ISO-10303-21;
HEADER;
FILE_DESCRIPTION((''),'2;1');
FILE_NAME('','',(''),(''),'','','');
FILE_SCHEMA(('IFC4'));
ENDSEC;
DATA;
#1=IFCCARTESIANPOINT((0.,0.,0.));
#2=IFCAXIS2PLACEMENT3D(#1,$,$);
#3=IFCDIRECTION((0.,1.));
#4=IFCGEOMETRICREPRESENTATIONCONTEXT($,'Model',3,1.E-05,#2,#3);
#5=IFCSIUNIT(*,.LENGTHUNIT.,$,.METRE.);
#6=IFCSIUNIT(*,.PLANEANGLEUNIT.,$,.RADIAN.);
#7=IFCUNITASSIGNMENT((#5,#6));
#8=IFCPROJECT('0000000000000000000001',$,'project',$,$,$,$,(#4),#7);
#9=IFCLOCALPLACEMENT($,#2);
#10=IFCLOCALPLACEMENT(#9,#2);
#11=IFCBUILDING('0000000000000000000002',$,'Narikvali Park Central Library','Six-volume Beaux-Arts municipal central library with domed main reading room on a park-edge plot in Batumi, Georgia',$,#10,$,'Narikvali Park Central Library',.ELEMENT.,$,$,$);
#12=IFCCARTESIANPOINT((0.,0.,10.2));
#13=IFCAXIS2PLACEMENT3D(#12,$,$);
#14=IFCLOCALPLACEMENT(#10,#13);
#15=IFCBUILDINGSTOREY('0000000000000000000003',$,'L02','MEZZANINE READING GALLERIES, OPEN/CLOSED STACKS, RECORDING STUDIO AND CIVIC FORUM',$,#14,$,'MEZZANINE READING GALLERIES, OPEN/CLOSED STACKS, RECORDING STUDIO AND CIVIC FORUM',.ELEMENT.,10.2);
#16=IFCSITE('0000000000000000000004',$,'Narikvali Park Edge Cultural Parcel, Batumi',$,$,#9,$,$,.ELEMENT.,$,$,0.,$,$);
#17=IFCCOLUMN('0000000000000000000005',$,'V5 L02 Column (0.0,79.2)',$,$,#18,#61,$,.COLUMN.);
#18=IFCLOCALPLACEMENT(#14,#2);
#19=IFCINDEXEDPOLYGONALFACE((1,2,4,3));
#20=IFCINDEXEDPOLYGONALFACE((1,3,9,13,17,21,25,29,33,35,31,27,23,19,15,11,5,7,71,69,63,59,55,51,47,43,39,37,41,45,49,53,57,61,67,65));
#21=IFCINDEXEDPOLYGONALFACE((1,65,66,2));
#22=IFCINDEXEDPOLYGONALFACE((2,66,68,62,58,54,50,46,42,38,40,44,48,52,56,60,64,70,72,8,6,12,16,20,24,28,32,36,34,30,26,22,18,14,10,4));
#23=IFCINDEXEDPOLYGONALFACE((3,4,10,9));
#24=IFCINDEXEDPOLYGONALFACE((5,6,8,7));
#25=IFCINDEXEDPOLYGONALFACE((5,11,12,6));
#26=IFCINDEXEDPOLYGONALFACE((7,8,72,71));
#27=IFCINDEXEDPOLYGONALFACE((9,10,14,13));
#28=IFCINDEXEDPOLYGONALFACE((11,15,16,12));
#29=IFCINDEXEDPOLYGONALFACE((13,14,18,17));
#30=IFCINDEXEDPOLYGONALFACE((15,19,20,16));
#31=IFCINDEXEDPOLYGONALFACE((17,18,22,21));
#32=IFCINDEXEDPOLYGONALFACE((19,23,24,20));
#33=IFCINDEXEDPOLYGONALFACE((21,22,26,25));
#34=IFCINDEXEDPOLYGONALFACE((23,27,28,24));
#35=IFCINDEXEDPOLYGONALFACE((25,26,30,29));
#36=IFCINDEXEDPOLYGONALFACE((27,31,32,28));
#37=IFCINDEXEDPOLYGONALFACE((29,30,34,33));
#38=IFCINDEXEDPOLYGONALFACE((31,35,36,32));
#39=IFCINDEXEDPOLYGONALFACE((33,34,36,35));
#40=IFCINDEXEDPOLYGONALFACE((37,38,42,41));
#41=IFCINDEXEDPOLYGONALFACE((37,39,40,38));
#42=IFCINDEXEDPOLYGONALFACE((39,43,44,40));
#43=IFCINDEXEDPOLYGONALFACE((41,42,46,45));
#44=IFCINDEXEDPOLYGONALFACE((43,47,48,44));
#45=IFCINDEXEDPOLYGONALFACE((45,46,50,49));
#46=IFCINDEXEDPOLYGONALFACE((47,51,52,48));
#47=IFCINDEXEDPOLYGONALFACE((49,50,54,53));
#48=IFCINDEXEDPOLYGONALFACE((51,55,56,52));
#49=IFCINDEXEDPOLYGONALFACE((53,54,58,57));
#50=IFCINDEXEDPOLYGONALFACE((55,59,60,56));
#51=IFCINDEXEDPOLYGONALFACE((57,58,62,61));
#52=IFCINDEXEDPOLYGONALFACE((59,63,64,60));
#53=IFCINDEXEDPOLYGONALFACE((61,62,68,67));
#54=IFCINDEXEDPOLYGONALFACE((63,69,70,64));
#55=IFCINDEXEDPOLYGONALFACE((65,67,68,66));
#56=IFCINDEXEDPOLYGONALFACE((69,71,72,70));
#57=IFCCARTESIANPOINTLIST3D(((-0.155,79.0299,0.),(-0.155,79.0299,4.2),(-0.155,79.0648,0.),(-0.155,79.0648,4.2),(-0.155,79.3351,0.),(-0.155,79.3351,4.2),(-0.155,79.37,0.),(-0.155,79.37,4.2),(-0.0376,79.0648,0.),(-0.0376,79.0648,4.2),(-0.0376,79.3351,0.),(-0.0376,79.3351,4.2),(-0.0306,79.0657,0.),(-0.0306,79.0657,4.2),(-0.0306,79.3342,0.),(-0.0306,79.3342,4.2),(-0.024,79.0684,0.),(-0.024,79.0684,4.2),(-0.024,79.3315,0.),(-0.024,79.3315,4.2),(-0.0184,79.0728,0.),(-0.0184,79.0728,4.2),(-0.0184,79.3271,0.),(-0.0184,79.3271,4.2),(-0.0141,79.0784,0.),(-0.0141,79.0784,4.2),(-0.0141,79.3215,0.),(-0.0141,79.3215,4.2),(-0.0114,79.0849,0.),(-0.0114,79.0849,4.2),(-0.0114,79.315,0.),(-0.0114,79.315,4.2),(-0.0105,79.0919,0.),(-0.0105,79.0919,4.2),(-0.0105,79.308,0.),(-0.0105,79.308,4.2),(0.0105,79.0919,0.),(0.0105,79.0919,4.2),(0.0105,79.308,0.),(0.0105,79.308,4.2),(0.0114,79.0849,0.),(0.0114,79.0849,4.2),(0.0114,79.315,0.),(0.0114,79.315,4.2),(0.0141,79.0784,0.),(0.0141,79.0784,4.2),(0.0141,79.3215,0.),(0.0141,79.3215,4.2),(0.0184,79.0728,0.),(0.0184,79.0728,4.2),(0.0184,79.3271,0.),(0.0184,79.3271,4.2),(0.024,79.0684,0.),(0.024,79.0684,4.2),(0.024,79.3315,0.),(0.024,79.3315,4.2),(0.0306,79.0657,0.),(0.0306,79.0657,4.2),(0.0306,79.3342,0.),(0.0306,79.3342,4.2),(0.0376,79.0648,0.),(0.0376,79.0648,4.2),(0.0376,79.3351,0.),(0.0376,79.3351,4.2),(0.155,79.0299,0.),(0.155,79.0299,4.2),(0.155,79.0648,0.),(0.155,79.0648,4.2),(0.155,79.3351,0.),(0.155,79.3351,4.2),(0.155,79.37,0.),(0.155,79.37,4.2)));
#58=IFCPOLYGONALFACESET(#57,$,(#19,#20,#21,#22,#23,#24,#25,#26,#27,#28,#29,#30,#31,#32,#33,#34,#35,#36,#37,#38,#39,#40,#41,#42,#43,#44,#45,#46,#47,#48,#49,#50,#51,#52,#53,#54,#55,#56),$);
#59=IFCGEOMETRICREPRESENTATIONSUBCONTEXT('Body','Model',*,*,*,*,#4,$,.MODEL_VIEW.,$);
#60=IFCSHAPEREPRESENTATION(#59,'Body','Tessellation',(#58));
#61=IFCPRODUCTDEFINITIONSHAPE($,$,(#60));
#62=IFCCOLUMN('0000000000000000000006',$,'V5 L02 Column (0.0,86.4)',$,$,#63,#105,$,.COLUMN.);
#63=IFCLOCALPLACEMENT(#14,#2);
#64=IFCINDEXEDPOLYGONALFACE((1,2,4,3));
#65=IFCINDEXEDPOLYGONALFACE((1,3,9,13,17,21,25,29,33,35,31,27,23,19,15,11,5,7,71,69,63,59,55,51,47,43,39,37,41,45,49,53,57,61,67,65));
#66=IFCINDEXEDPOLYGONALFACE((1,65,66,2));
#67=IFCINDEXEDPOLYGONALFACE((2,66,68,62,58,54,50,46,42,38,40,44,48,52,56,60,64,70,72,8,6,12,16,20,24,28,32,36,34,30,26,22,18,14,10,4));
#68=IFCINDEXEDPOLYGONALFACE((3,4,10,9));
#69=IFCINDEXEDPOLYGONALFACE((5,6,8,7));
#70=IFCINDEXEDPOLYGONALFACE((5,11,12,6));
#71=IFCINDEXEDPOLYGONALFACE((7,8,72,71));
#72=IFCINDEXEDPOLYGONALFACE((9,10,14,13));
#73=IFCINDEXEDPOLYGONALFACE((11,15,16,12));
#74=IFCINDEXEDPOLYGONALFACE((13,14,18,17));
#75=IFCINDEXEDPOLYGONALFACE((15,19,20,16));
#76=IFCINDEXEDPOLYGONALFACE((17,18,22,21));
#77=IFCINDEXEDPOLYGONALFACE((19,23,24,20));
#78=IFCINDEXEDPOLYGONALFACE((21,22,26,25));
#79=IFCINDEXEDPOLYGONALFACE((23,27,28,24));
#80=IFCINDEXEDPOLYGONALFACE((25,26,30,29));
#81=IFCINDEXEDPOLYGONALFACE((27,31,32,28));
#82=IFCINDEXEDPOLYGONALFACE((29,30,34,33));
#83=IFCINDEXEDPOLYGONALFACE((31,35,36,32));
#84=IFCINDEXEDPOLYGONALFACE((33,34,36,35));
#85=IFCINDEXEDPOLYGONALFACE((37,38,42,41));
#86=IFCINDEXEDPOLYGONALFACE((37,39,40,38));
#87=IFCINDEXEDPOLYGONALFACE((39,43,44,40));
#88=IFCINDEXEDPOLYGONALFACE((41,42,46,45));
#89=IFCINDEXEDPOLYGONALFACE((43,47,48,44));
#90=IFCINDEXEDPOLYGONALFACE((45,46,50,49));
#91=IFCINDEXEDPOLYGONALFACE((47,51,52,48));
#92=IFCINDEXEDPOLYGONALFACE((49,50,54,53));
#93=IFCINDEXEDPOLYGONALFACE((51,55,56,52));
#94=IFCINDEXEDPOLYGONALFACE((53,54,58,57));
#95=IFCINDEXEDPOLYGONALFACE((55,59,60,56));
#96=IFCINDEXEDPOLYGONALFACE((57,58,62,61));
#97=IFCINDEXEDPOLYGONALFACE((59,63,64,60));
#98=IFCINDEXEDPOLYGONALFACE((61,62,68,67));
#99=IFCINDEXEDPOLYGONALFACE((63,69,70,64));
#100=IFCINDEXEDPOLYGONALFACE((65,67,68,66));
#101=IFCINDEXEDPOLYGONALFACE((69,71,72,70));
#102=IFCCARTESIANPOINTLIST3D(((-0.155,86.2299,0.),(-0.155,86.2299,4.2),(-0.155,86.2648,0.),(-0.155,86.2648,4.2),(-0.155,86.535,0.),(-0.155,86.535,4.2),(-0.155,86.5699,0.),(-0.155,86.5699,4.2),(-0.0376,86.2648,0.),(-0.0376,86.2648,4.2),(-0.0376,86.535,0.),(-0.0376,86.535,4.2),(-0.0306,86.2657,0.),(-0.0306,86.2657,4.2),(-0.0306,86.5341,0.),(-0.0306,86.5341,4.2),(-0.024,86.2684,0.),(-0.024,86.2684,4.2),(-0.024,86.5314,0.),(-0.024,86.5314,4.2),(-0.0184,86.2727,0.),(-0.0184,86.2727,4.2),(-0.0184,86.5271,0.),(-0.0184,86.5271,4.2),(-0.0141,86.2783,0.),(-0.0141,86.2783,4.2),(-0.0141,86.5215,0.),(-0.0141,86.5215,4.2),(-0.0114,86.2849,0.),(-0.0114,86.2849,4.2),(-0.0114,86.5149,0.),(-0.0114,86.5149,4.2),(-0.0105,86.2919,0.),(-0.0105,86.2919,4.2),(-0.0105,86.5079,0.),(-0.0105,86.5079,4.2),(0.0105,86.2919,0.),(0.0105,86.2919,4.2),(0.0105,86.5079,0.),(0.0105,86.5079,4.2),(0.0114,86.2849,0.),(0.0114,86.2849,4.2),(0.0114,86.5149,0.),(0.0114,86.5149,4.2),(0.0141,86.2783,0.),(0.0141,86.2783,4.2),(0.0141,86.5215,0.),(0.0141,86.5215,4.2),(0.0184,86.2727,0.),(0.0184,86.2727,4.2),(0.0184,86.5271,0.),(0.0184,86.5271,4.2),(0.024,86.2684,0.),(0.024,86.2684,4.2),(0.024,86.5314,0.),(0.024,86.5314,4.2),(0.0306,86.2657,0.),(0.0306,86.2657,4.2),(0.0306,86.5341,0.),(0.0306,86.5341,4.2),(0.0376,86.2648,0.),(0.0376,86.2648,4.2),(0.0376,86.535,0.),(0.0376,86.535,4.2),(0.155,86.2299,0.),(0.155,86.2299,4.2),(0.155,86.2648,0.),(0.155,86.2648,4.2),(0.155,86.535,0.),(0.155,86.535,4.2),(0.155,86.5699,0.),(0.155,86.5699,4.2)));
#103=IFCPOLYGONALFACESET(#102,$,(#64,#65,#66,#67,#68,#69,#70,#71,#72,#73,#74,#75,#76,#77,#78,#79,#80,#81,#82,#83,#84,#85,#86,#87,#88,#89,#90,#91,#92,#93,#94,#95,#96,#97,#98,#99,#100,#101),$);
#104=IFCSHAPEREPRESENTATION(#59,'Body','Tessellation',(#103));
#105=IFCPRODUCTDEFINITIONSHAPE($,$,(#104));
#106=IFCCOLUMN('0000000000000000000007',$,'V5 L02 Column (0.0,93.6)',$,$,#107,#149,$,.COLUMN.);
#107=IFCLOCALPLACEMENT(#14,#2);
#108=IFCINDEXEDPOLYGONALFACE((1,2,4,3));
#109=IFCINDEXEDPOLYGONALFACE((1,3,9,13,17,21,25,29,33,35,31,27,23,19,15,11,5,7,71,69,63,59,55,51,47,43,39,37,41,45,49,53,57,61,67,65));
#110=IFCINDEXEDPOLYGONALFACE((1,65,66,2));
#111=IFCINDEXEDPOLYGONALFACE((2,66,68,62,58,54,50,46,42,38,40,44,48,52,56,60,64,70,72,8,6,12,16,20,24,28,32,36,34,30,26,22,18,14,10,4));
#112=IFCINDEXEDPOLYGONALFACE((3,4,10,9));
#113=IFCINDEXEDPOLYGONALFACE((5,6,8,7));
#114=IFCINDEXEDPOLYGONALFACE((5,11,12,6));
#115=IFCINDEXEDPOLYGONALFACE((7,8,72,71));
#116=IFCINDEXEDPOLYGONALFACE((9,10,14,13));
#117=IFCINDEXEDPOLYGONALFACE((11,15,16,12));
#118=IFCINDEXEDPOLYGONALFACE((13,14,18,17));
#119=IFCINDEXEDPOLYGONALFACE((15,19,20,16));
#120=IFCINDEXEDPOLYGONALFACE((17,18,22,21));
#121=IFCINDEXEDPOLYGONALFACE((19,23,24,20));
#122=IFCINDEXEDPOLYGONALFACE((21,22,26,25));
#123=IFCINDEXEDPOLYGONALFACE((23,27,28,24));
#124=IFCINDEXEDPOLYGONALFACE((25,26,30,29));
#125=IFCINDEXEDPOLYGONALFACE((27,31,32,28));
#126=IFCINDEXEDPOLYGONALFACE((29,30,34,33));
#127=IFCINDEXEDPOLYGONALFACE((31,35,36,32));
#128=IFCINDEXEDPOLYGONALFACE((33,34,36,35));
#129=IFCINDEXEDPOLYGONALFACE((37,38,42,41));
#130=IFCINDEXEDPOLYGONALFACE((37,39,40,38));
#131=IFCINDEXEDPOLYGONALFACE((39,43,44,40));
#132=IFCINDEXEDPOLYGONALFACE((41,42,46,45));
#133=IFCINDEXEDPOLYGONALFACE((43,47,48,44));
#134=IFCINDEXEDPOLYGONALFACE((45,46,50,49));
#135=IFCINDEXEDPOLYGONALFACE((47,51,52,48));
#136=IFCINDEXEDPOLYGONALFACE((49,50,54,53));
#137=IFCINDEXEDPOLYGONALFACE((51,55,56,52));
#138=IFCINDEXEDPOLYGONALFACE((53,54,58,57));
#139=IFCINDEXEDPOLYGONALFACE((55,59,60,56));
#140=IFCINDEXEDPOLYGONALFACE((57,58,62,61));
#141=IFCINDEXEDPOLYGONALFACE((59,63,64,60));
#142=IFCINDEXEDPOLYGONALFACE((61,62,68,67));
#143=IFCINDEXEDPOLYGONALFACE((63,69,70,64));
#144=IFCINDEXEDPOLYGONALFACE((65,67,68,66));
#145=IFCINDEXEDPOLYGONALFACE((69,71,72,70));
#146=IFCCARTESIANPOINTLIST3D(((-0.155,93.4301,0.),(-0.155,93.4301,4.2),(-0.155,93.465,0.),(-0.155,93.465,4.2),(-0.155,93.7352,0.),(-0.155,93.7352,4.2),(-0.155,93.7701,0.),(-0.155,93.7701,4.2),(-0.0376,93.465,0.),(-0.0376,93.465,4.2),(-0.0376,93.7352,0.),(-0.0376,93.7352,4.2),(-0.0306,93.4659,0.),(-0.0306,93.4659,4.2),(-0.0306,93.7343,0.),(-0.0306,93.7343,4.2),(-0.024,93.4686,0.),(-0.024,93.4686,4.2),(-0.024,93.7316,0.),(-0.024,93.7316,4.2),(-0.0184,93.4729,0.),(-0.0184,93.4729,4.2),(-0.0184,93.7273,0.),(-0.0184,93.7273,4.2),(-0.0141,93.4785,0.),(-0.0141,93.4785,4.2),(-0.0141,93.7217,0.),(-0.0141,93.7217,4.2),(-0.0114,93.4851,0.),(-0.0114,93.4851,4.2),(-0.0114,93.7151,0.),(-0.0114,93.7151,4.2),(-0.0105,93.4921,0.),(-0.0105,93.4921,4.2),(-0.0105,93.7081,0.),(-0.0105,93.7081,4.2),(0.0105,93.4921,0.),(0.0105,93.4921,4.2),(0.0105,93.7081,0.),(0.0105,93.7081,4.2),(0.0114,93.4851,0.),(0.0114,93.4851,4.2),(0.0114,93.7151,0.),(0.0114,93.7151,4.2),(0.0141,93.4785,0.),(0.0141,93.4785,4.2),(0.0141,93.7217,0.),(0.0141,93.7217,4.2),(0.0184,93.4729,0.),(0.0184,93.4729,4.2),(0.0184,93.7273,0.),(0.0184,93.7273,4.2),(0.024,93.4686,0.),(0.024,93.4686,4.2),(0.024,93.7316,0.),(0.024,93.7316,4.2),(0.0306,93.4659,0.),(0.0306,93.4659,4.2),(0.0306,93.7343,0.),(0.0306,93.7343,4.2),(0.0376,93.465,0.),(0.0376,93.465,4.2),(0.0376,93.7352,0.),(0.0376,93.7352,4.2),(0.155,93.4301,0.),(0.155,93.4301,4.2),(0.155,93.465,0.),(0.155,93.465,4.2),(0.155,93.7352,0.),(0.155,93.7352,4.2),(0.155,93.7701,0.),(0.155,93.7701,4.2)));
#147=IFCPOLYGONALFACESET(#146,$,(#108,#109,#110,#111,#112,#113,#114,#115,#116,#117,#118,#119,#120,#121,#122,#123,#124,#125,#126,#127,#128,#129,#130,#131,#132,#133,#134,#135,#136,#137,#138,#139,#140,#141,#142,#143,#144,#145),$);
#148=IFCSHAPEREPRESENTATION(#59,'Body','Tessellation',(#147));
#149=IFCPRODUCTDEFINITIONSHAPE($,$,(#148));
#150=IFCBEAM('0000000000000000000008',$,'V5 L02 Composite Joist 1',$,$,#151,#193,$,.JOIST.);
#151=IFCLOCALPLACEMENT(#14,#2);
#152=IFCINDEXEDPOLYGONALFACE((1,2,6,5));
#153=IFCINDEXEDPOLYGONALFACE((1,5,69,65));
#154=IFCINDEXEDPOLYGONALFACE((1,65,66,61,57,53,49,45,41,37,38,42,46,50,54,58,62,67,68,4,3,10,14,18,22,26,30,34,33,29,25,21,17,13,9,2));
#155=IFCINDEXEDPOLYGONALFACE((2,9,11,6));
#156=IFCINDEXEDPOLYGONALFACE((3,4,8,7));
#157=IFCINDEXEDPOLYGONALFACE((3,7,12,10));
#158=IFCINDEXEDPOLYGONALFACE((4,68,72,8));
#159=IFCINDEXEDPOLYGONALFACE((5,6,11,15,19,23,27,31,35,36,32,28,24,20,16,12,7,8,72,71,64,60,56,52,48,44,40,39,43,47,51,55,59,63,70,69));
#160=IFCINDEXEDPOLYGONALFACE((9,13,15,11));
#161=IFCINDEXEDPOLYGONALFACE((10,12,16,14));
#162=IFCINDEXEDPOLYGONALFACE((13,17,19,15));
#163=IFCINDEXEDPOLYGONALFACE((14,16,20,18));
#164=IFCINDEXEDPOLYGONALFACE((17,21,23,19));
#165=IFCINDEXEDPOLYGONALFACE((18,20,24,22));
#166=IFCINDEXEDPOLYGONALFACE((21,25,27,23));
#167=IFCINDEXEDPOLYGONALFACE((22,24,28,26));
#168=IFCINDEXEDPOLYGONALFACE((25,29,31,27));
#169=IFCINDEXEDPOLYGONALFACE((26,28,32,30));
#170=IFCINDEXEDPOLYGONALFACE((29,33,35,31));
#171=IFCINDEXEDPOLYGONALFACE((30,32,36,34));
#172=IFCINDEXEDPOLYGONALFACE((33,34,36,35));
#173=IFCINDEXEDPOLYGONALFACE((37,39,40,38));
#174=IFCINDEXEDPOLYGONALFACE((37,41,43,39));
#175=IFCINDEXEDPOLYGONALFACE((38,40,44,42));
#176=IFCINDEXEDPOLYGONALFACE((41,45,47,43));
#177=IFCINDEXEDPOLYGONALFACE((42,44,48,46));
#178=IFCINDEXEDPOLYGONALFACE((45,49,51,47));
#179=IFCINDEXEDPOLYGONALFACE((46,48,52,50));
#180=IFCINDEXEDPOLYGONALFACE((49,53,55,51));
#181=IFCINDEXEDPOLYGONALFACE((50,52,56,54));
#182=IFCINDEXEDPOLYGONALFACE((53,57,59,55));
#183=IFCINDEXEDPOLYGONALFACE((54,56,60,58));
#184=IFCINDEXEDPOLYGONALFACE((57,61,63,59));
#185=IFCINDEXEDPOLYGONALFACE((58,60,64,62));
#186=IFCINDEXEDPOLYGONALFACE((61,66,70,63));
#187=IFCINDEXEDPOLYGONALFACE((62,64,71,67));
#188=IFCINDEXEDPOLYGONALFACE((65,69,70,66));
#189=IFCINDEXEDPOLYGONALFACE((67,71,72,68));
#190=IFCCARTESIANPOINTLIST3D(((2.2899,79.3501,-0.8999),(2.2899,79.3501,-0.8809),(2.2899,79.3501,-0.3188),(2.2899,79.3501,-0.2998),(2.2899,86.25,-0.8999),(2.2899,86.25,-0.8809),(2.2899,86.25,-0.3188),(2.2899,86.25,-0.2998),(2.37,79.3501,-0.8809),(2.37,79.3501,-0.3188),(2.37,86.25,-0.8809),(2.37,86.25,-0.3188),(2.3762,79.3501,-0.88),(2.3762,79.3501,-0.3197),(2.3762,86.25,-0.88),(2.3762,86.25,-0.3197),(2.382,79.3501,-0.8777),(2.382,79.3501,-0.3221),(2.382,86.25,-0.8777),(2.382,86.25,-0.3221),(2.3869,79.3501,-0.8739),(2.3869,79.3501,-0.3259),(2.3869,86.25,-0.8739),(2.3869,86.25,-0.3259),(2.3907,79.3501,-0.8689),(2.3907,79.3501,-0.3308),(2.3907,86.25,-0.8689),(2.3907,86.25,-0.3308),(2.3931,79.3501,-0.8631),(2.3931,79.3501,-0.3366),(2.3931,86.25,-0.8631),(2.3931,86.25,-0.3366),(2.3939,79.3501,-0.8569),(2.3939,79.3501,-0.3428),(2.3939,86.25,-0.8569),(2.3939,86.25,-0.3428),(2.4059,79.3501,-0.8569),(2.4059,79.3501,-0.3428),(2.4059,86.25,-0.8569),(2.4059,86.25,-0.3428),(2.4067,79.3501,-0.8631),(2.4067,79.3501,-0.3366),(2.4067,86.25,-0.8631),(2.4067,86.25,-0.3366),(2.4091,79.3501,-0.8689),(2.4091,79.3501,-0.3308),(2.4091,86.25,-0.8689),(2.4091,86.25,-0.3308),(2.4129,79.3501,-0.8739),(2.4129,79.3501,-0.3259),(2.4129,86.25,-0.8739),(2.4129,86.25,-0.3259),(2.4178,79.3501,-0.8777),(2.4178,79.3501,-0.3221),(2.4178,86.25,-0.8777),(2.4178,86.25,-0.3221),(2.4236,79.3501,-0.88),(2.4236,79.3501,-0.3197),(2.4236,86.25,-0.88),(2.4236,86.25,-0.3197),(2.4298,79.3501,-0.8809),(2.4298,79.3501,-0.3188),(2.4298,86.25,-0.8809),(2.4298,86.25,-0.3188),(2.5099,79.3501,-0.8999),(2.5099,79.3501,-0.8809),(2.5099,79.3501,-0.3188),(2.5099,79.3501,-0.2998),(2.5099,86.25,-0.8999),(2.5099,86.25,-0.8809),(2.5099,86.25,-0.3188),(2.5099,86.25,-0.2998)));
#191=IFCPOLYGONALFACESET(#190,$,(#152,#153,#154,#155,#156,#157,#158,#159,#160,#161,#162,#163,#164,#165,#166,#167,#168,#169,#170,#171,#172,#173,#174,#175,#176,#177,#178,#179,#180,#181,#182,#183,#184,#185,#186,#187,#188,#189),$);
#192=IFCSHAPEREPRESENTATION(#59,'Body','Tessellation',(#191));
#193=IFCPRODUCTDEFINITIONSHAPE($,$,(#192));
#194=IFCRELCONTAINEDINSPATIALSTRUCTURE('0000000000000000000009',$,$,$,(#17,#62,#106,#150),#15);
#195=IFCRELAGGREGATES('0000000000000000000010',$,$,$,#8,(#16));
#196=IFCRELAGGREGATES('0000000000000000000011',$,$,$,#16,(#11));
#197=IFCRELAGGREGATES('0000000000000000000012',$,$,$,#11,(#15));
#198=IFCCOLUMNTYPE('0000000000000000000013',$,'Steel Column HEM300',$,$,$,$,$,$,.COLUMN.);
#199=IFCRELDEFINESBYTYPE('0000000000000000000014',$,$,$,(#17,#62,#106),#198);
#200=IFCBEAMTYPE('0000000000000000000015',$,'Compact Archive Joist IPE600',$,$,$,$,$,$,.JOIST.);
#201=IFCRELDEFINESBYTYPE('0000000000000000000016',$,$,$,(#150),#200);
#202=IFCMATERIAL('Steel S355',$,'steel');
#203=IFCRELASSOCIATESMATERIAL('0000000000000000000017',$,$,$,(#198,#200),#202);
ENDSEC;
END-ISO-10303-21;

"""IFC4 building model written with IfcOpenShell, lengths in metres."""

from ifc_helpers import new_model, si_unit, direction, frame, origin, origin_2d, place, context, subcontext, project, spatial, i_section, extrude, material, material_profile, profile_set, type_object, element, save


model = new_model("IFC4")

# Units and contexts
model_context = context("Model", 3, precision=1e-05, world=origin(), true_north=direction((0.0, 1.0)))
body_context = subcontext(model_context, "Body", "Model", "MODEL_VIEW")
ifc_project = project(units=[si_unit("LENGTHUNIT", "METRE"), si_unit("PLANEANGLEUNIT", "RADIAN")], contexts=[model_context])

# Site, building, storey
site_placement = place(None, origin())
site = spatial("IfcSite", under=ifc_project, at=site_placement, Name="Narikvali Park Edge Cultural Parcel, Batumi", CompositionType="ELEMENT", RefElevation=0.0)
building_placement = place(site_placement, origin())
building = spatial("IfcBuilding", under=site, at=building_placement, Name="Narikvali Park Central Library", Description="Six-volume Beaux-Arts municipal central library with domed main reading room on a park-edge plot in Batumi, Georgia", LongName="Narikvali Park Central Library", CompositionType="ELEMENT")
storey_placement = place(building_placement, frame((0.0, 0.0, 10.2)))
storey = spatial("IfcBuildingStorey", under=building, at=storey_placement, Name="L02", Description="MEZZANINE READING GALLERIES, OPEN/CLOSED STACKS, RECORDING STUDIO AND CIVIC FORUM", LongName="MEZZANINE READING GALLERIES, OPEN/CLOSED STACKS, RECORDING STUDIO AND CIVIC FORUM", CompositionType="ELEMENT", Elevation=10.2)

# Columns
ifc_material_1 = material(Name="Steel S355", Category="steel")
ifc_material_profile_1 = material_profile(ifc_material_1, i_section(OverallWidth=0.3101, OverallDepth=0.3401, WebThickness=0.021, FlangeThickness=0.0349, FilletRadius=0.0271, at=origin_2d()), Name="HEM 300")
ifc_profile_set_1 = profile_set([ifc_material_profile_1], Name="Steel S355")
column_type = type_object("IfcColumnType", Name="Steel Column HEM300", PredefinedType="COLUMN", material=ifc_profile_set_1)
for number, where, z_axis, x_axis, name in (
    (1, (0.0, 79.2, 0.0), (0.0, 0.0, 1.0), (1.0, 0.0, 0.0), "V5 L02 Column (0.0,79.2)"),
    (2, (0.0, 86.3999, 0.0), (0.0, 0.0, 1.0), (1.0, 0.0, 0.0), "V5 L02 Column (0.0,86.4)"),
    (3, (0.0, 93.6001, 0.0), (0.0, 0.0, 1.0), (1.0, 0.0, 0.0), "V5 L02 Column (0.0,93.6)"),
):
    element("IfcColumn", number, at=place(storey_placement, frame(where, z_axis=z_axis, x_axis=x_axis)), inside=storey, type_object=column_type, Name=name, PredefinedType="COLUMN", context=body_context, shape_type="SweptSolid", body=[
        extrude(i_section(OverallWidth=0.3101, OverallDepth=0.3401, WebThickness=0.021, FlangeThickness=0.0349, FilletRadius=0.0271, at=origin_2d()), origin(), (0.0, 0.0, 1.0), 4.2),
    ])

# Beam
ifc_material_profile_2 = material_profile(ifc_material_1, i_section(OverallWidth=0.22, OverallDepth=0.6001, WebThickness=0.012, FlangeThickness=0.019, FilletRadius=0.0239, at=origin_2d()), Name="IPE 600")
ifc_profile_set_2 = profile_set([ifc_material_profile_2], Name="Steel S355")
beam_type_1 = type_object("IfcBeamType", Name="Compact Archive Joist IPE600", PredefinedType="JOIST", material=ifc_profile_set_2)
for number, where, z_axis, x_axis, name in (
    (4, (2.3999, 79.3501, -0.5999), (0.0, 1.0, 0.0), (-1.0, 0.0, 0.0), "V5 L02 Composite Joist 1"),
):
    element("IfcBeam", number, at=place(storey_placement, frame(where, z_axis=z_axis, x_axis=x_axis)), inside=storey, type_object=beam_type_1, Name=name, PredefinedType="JOIST", context=body_context, shape_type="SweptSolid", body=[
        extrude(i_section(OverallWidth=0.22, OverallDepth=0.6001, WebThickness=0.012, FlangeThickness=0.019, FilletRadius=0.0239, at=origin_2d()), origin(), (0.0, 0.0, 1.0), 6.8999),
    ])

save(model, "model.ifc")
